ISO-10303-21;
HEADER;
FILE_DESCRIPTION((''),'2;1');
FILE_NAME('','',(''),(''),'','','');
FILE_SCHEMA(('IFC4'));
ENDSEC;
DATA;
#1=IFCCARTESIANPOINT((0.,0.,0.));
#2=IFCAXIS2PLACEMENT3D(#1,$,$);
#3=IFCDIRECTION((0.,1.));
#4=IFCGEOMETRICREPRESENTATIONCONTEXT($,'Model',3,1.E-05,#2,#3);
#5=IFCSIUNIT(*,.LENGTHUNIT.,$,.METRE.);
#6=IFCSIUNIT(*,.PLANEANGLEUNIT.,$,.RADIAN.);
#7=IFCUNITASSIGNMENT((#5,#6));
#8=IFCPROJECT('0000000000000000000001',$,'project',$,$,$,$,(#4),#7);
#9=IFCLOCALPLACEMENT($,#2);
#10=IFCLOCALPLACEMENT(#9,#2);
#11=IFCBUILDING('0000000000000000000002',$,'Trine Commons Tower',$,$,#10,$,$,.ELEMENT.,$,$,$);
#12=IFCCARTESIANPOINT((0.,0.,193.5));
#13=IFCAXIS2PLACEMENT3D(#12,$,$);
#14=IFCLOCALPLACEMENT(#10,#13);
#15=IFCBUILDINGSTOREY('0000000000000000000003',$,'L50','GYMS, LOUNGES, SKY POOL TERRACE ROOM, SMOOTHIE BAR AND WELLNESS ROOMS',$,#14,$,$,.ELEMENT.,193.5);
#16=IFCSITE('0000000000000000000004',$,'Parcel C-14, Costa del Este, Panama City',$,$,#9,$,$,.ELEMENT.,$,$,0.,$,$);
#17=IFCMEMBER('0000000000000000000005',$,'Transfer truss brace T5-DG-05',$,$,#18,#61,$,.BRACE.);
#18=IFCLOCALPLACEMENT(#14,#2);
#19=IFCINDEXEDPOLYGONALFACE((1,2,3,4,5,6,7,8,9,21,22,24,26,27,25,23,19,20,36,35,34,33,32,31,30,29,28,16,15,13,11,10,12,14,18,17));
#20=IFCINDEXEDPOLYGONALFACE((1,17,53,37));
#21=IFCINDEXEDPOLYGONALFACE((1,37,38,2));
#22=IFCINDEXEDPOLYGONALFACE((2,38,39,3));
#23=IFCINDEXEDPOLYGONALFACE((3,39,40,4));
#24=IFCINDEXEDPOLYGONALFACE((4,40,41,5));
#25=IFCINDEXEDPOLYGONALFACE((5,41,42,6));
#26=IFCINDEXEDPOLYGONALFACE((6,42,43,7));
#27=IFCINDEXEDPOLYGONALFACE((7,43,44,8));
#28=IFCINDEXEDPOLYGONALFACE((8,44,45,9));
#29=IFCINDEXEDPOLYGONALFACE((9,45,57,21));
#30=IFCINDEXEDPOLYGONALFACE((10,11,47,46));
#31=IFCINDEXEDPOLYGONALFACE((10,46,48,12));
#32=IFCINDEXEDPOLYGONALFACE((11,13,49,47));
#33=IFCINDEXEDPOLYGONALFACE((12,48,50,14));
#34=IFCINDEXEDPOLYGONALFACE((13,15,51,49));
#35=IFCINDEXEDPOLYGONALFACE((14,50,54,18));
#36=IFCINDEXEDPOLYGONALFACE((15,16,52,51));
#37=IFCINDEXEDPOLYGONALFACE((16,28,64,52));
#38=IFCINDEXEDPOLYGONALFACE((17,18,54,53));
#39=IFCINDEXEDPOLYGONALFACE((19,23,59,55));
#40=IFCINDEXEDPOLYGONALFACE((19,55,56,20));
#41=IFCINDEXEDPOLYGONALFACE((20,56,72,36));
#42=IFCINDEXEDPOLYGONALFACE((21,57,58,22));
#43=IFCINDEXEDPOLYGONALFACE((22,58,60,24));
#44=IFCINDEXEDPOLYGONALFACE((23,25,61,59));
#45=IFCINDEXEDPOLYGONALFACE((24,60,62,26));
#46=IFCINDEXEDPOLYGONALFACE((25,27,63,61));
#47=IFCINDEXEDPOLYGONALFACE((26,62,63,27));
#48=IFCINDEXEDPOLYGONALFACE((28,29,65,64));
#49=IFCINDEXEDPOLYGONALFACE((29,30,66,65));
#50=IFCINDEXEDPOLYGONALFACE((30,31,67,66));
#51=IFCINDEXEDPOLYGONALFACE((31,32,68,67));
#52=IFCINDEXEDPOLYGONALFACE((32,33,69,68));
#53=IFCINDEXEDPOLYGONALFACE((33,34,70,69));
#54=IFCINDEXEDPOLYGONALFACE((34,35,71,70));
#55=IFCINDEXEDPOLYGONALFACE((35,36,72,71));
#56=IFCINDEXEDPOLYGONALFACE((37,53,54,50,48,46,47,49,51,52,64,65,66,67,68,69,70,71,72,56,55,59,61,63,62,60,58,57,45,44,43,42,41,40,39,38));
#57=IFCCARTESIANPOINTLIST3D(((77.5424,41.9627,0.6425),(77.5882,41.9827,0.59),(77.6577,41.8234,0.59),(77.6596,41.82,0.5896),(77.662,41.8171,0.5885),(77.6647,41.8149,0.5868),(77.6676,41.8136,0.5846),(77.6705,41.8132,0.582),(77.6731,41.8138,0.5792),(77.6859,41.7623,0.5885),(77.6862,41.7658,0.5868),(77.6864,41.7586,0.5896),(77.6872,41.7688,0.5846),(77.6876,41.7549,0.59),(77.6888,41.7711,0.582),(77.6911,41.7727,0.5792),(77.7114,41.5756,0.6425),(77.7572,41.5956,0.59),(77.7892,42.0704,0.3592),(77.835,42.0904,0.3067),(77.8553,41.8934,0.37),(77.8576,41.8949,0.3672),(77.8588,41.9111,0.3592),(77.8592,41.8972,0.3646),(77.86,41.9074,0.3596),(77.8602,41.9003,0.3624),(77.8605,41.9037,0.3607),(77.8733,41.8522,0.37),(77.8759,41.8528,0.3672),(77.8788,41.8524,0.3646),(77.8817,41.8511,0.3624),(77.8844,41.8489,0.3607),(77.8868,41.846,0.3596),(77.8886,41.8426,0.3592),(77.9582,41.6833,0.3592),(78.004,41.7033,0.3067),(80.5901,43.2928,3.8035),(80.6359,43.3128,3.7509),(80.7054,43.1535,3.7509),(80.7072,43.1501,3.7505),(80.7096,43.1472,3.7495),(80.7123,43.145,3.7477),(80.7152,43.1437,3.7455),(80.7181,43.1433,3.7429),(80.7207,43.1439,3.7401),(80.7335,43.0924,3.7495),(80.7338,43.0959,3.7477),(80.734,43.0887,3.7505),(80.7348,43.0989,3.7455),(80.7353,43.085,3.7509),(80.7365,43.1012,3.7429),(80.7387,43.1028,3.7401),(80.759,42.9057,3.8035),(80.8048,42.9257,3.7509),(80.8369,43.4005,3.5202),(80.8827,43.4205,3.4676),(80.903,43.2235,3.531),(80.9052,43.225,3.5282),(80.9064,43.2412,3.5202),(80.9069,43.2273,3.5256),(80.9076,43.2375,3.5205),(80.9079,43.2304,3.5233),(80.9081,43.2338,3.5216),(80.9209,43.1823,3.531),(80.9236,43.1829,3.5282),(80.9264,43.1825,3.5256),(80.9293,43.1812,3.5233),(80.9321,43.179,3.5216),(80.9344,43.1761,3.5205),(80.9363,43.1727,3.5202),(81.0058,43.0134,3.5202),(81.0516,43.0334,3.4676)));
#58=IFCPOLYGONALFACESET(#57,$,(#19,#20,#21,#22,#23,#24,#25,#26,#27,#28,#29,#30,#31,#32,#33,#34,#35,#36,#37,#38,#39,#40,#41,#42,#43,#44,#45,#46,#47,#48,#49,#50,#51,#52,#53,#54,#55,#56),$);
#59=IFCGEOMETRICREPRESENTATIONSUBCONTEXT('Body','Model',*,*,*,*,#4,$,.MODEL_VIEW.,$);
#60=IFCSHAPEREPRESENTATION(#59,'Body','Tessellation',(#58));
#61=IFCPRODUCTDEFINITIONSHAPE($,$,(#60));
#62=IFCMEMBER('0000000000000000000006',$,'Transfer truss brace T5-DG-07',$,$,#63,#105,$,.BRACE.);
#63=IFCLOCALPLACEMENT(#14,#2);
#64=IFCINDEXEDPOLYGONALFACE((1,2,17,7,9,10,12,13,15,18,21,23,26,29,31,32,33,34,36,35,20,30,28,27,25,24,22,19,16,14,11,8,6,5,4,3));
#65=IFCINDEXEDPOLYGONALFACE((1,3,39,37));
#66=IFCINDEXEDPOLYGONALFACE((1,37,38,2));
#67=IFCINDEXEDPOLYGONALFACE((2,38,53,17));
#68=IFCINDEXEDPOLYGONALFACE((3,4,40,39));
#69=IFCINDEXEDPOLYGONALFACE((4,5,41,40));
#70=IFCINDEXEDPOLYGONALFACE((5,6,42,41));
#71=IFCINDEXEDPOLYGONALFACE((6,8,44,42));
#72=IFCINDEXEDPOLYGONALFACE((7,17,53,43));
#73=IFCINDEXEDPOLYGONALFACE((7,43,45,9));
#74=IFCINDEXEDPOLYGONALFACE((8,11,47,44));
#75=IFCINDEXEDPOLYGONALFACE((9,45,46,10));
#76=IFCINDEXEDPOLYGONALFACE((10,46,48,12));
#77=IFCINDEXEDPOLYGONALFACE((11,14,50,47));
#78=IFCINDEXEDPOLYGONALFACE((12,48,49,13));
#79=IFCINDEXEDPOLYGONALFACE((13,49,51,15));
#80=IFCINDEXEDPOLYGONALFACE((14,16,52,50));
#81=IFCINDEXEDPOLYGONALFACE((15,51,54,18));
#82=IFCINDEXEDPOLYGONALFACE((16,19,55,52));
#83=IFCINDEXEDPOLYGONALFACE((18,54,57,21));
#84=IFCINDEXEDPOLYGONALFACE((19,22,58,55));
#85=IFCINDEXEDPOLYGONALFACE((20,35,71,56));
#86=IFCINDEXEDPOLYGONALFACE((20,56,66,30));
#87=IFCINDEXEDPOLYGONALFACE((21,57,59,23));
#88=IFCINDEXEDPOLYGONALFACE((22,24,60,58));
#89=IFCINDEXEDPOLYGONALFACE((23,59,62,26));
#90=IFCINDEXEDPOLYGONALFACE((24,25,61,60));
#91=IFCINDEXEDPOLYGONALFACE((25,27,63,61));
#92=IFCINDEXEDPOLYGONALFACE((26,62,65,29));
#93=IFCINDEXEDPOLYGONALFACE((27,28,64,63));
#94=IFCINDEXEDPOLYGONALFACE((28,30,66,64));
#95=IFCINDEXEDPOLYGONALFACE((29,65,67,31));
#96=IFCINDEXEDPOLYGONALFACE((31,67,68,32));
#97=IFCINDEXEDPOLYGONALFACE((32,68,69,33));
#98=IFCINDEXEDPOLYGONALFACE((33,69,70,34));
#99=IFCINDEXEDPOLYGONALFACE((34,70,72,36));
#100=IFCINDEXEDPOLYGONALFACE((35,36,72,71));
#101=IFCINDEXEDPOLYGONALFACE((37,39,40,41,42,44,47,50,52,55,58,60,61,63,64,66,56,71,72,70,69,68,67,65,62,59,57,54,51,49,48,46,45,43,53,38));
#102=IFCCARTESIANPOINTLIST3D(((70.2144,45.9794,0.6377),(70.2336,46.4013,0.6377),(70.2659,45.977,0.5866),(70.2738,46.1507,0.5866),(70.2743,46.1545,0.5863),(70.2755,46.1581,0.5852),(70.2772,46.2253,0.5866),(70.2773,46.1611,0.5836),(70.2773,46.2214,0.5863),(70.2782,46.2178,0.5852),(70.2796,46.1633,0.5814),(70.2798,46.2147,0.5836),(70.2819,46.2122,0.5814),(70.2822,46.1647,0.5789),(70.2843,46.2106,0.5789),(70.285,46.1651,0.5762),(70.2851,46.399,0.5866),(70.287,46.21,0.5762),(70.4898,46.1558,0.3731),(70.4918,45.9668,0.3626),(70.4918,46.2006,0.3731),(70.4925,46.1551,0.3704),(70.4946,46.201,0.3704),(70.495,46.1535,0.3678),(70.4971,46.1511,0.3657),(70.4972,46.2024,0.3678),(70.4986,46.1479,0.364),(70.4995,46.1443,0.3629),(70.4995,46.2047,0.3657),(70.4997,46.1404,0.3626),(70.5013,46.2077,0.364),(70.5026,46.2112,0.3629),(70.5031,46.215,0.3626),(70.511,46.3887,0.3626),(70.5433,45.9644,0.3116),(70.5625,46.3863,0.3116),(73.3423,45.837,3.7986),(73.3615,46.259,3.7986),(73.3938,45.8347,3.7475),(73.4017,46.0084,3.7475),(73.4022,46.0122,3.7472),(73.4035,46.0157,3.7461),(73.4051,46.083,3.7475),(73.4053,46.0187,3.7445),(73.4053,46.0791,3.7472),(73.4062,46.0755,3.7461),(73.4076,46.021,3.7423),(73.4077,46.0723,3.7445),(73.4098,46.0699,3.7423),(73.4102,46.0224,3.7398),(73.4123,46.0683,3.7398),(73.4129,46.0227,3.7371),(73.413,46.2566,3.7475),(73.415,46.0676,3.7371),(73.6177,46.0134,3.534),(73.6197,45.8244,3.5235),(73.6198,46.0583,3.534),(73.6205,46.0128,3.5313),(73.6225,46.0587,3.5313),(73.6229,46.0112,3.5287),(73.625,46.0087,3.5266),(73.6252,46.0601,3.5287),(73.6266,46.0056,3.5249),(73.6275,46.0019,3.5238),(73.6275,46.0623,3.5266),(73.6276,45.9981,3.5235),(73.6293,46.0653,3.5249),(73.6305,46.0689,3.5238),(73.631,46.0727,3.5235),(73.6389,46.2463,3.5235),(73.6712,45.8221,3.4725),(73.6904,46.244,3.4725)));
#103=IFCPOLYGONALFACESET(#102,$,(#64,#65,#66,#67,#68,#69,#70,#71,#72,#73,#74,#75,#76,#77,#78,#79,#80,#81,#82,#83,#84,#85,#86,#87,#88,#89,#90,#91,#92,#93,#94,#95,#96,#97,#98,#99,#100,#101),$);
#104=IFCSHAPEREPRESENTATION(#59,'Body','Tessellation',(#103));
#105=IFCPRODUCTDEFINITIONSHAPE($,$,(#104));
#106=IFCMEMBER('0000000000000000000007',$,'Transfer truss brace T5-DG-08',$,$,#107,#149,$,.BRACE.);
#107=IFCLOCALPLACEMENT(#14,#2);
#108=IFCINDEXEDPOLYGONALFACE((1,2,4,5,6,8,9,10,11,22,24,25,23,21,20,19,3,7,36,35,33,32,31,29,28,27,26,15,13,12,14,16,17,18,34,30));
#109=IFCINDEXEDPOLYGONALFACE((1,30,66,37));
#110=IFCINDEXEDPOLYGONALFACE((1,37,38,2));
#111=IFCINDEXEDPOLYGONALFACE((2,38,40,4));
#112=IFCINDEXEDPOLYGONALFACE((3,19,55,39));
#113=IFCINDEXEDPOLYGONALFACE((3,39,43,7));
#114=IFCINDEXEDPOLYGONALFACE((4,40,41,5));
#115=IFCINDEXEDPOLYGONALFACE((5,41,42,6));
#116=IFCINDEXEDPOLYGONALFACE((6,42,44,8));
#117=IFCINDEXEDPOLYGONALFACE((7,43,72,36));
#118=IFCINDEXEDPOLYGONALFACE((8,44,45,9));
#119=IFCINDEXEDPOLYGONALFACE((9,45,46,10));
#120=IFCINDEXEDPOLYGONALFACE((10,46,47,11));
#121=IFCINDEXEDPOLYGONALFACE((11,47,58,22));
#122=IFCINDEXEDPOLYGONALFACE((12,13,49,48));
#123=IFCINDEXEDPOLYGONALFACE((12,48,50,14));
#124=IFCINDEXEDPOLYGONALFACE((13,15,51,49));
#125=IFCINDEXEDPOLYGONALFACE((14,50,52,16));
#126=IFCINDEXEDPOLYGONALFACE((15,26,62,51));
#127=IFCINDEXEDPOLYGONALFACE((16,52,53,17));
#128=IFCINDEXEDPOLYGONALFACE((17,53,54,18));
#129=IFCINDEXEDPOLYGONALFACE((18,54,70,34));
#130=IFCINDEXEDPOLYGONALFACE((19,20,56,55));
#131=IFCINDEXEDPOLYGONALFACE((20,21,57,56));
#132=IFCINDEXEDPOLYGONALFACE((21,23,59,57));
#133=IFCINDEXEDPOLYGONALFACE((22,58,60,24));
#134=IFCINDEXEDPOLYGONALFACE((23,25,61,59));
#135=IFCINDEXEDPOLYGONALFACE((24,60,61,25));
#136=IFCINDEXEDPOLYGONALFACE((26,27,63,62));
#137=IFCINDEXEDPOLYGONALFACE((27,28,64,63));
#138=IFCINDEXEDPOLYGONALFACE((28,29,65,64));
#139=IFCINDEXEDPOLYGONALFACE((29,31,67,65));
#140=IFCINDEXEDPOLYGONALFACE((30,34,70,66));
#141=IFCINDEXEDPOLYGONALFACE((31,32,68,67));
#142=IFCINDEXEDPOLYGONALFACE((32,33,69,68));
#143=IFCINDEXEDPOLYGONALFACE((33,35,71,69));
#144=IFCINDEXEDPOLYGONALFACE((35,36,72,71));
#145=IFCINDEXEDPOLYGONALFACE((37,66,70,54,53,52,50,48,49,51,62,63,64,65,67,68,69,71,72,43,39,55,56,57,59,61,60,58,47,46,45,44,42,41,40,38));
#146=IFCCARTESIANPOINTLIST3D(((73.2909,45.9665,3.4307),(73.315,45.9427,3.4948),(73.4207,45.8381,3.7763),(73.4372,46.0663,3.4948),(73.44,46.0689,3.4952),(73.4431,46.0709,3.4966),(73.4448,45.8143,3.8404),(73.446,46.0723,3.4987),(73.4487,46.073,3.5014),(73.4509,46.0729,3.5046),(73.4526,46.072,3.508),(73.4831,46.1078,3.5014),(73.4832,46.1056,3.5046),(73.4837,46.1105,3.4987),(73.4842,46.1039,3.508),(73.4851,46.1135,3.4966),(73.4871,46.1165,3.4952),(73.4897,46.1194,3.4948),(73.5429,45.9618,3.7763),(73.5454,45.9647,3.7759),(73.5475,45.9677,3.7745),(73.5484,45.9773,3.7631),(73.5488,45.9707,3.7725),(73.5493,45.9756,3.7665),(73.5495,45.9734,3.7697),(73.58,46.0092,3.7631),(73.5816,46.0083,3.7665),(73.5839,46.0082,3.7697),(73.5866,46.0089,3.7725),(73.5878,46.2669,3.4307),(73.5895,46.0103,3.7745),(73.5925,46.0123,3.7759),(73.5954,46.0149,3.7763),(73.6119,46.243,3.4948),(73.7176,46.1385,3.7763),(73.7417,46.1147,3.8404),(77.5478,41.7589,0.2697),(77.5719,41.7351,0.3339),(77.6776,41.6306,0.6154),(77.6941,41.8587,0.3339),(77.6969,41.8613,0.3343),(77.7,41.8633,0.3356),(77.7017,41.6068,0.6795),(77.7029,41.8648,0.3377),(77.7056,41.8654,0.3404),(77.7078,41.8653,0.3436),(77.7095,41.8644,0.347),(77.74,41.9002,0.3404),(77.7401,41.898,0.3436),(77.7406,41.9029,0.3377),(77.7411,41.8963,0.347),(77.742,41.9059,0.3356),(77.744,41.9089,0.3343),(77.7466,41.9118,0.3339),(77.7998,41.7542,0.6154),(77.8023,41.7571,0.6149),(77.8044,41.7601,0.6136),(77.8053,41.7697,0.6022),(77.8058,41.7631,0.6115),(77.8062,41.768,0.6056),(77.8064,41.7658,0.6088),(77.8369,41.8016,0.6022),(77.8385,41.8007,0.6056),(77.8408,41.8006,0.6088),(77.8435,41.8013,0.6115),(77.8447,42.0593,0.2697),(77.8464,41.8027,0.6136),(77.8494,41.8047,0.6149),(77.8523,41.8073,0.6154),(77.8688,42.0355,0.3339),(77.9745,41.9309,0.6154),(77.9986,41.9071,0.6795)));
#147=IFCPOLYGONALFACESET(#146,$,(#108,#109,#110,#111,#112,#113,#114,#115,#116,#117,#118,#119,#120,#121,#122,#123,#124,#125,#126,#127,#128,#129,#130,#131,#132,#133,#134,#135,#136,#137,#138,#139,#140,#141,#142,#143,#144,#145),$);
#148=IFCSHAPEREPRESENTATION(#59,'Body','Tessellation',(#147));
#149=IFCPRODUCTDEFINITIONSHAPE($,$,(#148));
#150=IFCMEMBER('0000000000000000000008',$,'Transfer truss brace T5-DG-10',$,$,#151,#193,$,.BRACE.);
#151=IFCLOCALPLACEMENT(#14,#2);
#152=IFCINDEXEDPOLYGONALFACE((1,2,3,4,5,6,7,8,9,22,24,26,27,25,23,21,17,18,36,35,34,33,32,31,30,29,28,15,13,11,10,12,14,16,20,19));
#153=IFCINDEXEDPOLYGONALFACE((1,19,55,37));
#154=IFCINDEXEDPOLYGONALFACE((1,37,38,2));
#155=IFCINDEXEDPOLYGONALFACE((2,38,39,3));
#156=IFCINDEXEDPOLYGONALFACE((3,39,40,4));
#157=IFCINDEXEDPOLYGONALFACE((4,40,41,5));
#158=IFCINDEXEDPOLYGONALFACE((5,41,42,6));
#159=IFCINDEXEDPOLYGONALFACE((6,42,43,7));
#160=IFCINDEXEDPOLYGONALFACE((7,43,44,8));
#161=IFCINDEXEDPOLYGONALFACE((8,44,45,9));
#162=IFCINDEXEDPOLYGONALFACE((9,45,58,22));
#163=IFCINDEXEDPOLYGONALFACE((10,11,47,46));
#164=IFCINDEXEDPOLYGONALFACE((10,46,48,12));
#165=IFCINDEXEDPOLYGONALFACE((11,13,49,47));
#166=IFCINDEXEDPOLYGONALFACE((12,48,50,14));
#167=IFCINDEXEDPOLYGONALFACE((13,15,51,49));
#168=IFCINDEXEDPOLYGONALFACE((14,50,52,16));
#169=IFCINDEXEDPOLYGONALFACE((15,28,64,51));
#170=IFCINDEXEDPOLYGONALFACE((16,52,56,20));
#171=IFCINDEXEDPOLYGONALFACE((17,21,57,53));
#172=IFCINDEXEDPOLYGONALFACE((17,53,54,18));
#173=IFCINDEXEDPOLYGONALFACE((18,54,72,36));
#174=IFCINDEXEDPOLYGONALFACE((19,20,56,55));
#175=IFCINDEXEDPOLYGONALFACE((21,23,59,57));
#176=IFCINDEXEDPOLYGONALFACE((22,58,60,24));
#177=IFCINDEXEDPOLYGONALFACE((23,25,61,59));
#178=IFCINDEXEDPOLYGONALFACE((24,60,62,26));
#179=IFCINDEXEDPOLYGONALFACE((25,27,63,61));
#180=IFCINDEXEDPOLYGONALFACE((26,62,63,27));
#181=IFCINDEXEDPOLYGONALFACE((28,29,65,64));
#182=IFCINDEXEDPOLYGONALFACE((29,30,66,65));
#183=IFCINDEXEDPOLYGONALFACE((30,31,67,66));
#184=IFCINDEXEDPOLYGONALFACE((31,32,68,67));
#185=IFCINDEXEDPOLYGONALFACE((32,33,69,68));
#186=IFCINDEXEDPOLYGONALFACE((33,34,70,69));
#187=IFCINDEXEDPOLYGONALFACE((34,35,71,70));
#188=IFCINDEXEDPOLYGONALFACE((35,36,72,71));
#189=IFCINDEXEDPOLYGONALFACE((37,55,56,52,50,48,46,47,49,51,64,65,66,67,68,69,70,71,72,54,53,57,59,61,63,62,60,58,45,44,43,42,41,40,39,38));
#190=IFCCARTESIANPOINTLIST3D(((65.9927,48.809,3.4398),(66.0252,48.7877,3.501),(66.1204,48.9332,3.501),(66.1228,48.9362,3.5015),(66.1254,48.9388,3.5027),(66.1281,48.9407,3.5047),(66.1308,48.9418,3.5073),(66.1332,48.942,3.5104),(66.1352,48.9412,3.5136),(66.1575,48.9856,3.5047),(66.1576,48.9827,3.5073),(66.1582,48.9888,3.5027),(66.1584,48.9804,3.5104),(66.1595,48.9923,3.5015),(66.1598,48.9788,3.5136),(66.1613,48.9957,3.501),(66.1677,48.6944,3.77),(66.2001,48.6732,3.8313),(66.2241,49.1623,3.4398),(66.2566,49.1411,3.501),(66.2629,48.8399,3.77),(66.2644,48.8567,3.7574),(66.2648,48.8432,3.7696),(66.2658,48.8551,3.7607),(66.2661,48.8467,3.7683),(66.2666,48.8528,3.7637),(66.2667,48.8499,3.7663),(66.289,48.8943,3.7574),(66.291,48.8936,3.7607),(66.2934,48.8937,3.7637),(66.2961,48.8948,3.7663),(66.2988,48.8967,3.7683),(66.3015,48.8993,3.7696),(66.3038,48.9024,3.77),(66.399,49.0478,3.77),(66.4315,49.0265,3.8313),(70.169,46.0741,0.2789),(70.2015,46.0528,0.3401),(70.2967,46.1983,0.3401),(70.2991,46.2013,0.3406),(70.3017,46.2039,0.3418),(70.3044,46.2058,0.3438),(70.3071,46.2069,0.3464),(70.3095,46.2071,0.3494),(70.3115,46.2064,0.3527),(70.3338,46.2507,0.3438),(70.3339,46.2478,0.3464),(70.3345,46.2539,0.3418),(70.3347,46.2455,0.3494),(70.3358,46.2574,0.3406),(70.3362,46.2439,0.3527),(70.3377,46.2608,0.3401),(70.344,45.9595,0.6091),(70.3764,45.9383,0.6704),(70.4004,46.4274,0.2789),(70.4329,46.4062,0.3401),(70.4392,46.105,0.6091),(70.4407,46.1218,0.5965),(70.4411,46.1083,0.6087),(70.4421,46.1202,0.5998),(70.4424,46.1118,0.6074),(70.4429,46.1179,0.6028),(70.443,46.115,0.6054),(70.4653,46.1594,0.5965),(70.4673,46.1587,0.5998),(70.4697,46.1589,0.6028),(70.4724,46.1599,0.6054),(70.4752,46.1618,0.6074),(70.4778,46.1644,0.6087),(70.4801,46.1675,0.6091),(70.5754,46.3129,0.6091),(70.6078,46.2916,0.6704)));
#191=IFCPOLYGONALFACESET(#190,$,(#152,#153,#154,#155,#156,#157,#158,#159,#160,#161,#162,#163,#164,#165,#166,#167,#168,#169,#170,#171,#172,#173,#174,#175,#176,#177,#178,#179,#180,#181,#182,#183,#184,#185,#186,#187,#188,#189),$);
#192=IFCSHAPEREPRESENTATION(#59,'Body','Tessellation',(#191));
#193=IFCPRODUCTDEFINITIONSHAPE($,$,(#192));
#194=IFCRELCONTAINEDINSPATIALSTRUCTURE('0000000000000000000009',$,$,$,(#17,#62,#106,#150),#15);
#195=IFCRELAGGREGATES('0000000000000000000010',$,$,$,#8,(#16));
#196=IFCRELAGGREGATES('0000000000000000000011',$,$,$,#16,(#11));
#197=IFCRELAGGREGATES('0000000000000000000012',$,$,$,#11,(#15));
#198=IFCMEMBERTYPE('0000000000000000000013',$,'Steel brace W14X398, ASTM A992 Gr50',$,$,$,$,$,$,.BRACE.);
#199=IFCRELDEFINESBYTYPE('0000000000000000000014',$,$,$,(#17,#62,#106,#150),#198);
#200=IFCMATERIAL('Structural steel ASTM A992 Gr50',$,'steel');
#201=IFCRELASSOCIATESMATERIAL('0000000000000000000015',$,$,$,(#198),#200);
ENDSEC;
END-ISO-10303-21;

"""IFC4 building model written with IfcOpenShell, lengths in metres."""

from ifc_helpers import new_model, si_unit, direction, frame, origin, origin_2d, place, context, subcontext, project, spatial, i_section, extrude, material, material_profile, profile_set, type_object, element, save


model = new_model("IFC4")

# Units and contexts
model_context = context("Model", 3, precision=1e-05, world=origin(), true_north=direction((0.0, 1.0)))
body_context = subcontext(model_context, "Body", "Model", "MODEL_VIEW")
ifc_project = project(units=[si_unit("LENGTHUNIT", "METRE"), si_unit("PLANEANGLEUNIT", "RADIAN")], contexts=[model_context])

# Site, building, storey
site_placement = place(None, origin())
site = spatial("IfcSite", under=ifc_project, at=site_placement, Name="Parcel C-14, Costa del Este, Panama City", CompositionType="ELEMENT", RefElevation=0.0)
building_placement = place(site_placement, origin())
building = spatial("IfcBuilding", under=site, at=building_placement, Name="Trine Commons Tower", CompositionType="ELEMENT")
storey_placement = place(building_placement, frame((0.0, 0.0, 193.5)))
storey = spatial("IfcBuildingStorey", under=building, at=storey_placement, Name="L50", Description="GYMS, LOUNGES, SKY POOL TERRACE ROOM, SMOOTHIE BAR AND WELLNESS ROOMS", CompositionType="ELEMENT", Elevation=193.5)

# Members
ifc_material_1 = material(Name="Structural steel ASTM A992 Gr50", Category="steel")
ifc_material_profile_1 = material_profile(ifc_material_1, i_section(OverallWidth=0.4224, OverallDepth=0.4634, WebThickness=0.0449, FlangeThickness=0.0725, FilletRadius=0.0149, at=origin_2d()), Name="W14X398")
ifc_profile_set_1 = profile_set([ifc_material_profile_1], Name="Structural steel ASTM A992 Gr50")
member_type_1 = type_object("IfcMemberType", Name="Steel brace W14X398, ASTM A992 Gr50", PredefinedType="BRACE", material=ifc_profile_set_1)
member_1_placement = place(storey_placement, frame((77.7732, 41.833, 0.4746), z_axis=(0.66428, 0.289914, 0.688972), x_axis=(-0.399998, 0.916516, 0.0)))
element("IfcMember", 1, at=member_1_placement, inside=storey, type_object=member_type_1, Name="Transfer truss brace T5-DG-05", PredefinedType="BRACE", context=body_context, shape_type="SweptSolid", body=[
    extrude(i_section(OverallWidth=0.4224, OverallDepth=0.4634, WebThickness=0.0449, FlangeThickness=0.0725, FilletRadius=0.0149, at=origin_2d()), origin(), (0.0, 0.0, 1.0), 4.5879),
])
member_2_placement = place(storey_placement, frame((70.3884, 46.1829, 0.4746), z_axis=(0.703031, -0.031991, 0.710439), x_axis=(0.045457, 0.998966, 0.0)))
element("IfcMember", 2, at=member_2_placement, inside=storey, type_object=member_type_1, Name="Transfer truss brace T5-DG-07", PredefinedType="BRACE", context=body_context, shape_type="SweptSolid", body=[
    extrude(i_section(OverallWidth=0.4224, OverallDepth=0.4634, WebThickness=0.0449, FlangeThickness=0.0725, FilletRadius=0.0149, at=origin_2d()), origin(), (0.0, 0.0, 1.0), 4.4492),
])
member_3_placement = place(storey_placement, frame((77.7732, 41.833, 0.4746), z_axis=(-0.628902, 0.621616, 0.466987), x_axis=(-0.702975, -0.711215, 0.0)))
element("IfcMember", 3, at=member_3_placement, inside=storey, type_object=member_type_1, Name="Transfer truss brace T5-DG-08", PredefinedType="BRACE", context=body_context, shape_type="SweptSolid", body=[
    extrude(i_section(OverallWidth=0.4224, OverallDepth=0.4634, WebThickness=0.0449, FlangeThickness=0.0725, FilletRadius=0.0149, at=origin_2d()), origin(), (0.0, 0.0, 1.0), 6.7688),
])
member_4_placement = place(storey_placement, frame((70.3884, 46.1829, 0.4746), z_axis=(-0.706808, 0.462859, 0.534961), x_axis=(-0.547842, -0.836582, 0.0)))
element("IfcMember", 4, at=member_4_placement, inside=storey, type_object=member_type_1, Name="Transfer truss brace T5-DG-10", PredefinedType="BRACE", context=body_context, shape_type="SweptSolid", body=[
    extrude(i_section(OverallWidth=0.4224, OverallDepth=0.4634, WebThickness=0.0449, FlangeThickness=0.0725, FilletRadius=0.0149, at=origin_2d()), origin(), (0.0, 0.0, 1.0), 5.9087),
])

save(model, "model.ifc")
